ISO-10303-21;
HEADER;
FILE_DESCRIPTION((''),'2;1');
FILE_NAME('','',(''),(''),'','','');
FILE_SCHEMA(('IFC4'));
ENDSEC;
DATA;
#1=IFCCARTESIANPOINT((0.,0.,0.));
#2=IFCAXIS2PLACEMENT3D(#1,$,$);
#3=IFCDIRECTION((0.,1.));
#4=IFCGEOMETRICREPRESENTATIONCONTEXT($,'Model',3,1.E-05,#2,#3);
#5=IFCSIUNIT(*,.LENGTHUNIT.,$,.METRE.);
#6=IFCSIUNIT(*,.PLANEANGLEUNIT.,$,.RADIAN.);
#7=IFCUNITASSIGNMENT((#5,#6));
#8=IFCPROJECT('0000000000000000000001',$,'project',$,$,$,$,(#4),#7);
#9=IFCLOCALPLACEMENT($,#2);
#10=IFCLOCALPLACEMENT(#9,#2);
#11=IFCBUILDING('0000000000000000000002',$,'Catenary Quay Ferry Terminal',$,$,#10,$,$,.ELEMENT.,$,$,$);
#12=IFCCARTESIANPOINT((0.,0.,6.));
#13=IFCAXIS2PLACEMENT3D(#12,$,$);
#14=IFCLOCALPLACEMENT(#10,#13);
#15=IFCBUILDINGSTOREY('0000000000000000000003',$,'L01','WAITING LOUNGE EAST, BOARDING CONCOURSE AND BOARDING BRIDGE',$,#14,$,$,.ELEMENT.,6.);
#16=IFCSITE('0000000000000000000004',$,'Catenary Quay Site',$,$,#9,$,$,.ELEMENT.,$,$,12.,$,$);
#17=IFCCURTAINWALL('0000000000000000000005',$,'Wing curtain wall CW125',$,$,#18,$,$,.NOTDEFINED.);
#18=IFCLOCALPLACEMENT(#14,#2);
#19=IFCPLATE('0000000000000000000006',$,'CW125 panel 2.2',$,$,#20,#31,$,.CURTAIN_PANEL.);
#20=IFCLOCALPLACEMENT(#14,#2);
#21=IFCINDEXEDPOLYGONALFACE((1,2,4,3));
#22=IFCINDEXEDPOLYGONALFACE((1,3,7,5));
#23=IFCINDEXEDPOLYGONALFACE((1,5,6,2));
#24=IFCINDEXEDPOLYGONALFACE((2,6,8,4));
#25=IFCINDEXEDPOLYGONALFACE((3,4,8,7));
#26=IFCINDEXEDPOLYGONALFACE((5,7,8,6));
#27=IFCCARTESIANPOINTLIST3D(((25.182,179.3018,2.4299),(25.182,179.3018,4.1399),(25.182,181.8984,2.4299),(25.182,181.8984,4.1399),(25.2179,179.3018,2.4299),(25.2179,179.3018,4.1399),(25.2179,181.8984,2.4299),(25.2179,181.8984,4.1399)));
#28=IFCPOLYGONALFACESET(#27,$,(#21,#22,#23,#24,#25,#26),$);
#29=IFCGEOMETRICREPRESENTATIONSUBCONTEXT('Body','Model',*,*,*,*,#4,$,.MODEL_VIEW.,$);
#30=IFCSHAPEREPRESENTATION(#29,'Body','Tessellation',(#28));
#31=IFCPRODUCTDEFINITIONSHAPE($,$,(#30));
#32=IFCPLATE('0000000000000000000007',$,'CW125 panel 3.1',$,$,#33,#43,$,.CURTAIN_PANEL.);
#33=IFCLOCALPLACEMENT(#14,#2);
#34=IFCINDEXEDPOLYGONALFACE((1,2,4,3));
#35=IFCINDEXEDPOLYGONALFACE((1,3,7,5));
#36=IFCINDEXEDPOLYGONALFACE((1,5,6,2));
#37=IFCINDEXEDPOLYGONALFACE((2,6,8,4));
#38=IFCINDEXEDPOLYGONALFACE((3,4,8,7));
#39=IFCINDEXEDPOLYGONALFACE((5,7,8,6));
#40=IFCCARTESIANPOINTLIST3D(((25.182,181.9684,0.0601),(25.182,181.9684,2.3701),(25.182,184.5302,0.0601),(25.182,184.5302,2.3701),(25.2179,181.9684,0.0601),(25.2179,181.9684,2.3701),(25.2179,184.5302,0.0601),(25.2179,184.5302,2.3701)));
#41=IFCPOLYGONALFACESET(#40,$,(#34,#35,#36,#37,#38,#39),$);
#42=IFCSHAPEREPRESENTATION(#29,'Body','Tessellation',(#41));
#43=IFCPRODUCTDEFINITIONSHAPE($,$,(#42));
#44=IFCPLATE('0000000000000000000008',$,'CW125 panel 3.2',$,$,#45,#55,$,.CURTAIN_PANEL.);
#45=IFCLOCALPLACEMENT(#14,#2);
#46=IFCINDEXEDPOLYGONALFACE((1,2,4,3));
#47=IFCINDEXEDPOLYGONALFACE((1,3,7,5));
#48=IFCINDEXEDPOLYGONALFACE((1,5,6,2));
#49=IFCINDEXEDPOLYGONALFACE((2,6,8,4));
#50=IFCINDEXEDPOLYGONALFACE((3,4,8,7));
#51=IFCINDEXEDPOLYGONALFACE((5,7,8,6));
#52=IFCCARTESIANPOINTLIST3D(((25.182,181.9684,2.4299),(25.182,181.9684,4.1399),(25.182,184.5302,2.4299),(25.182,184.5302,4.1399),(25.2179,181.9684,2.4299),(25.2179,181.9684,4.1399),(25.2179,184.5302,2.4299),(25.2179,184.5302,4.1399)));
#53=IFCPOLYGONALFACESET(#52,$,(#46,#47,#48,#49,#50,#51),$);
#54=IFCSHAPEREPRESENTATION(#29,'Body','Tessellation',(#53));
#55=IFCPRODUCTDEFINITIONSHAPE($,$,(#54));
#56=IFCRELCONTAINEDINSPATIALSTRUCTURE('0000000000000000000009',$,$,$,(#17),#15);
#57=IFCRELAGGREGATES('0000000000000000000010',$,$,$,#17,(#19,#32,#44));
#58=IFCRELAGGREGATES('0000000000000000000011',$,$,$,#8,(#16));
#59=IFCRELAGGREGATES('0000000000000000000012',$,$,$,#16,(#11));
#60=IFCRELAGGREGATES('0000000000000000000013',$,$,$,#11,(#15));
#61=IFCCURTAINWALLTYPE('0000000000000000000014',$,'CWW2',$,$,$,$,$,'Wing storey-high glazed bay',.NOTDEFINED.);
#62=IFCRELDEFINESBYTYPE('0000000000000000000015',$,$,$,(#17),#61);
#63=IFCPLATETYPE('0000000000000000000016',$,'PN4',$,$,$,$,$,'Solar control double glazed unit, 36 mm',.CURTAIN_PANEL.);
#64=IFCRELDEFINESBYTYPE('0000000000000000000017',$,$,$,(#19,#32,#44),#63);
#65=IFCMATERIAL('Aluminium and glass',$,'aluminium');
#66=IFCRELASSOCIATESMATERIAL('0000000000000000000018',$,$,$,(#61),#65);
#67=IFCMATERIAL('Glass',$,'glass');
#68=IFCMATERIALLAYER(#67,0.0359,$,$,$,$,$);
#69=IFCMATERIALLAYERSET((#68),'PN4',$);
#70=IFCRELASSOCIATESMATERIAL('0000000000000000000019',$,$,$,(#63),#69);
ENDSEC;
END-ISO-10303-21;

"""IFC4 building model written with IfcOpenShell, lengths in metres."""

from ifc_helpers import new_model, si_unit, direction, frame, origin, origin_2d, place, context, subcontext, project, spatial, rectangle, extrude, material, layer, layer_set, type_object, element, aggregate, save


model = new_model("IFC4")

# Units and contexts
model_context = context("Model", 3, precision=1e-05, world=origin(), true_north=direction((0.0, 1.0)))
body_context = subcontext(model_context, "Body", "Model", "MODEL_VIEW")
ifc_project = project(units=[si_unit("LENGTHUNIT", "METRE"), si_unit("PLANEANGLEUNIT", "RADIAN")], contexts=[model_context])

# Site, building, storey
site_placement = place(None, origin())
site = spatial("IfcSite", under=ifc_project, at=site_placement, Name="Catenary Quay Site", CompositionType="ELEMENT", RefElevation=12.0)
building_placement = place(site_placement, origin())
building = spatial("IfcBuilding", under=site, at=building_placement, Name="Catenary Quay Ferry Terminal", CompositionType="ELEMENT")
storey_placement = place(building_placement, frame((0.0, 0.0, 6.0)))
storey = spatial("IfcBuildingStorey", under=building, at=storey_placement, Name="L01", Description="WAITING LOUNGE EAST, BOARDING CONCOURSE AND BOARDING BRIDGE", CompositionType="ELEMENT", Elevation=6.0)

# Shared definitions
ifc_material_1 = material(Name="Aluminium and glass", Category="aluminium")
curtain_wall_type = type_object("IfcCurtainWallType", Name="CWW2", ElementType="Wing storey-high glazed bay", PredefinedType="NOTDEFINED", material=ifc_material_1)

# Curtain wall
curtain_wall_1_placement = place(storey_placement, origin())
curtain_wall_1 = element("IfcCurtainWall", 1, at=curtain_wall_1_placement, inside=storey, type_object=curtain_wall_type, Name="Wing curtain wall CW125", PredefinedType="NOTDEFINED")

# Plates
ifc_material_2 = material(Name="Glass", Category="glass")
ifc_layer = layer(ifc_material_2, 0.0359)
ifc_layer_set = layer_set([ifc_layer], Name="PN4")
plate_type = type_object("IfcPlateType", Name="PN4", ElementType="Solar control double glazed unit, 36 mm", PredefinedType="CURTAIN_PANEL", material=ifc_layer_set)
plate_1_placement = place(storey_placement, frame((25.2, 180.6001, 2.4299), z_axis=(0.0, 0.0, 1.0), x_axis=(0.0, 1.0, 0.0)))
plate_1 = element("IfcPlate", 2, at=plate_1_placement, type_object=plate_type, Name="CW125 panel 2.2", PredefinedType="CURTAIN_PANEL", context=body_context, shape_type="SweptSolid", body=[
    extrude(rectangle(XDim=2.5967, YDim=0.0359, at=origin_2d()), origin(), (0.0, 0.0, 1.0), 1.71),
])
plate_2_placement = place(storey_placement, frame((25.2, 183.2493, 0.0601), z_axis=(0.0, 0.0, 1.0), x_axis=(0.0, 1.0, 0.0)))
plate_2 = element("IfcPlate", 3, at=plate_2_placement, type_object=plate_type, Name="CW125 panel 3.1", PredefinedType="CURTAIN_PANEL", context=body_context, shape_type="SweptSolid", body=[
    extrude(rectangle(XDim=2.5618, YDim=0.0359, at=origin_2d()), origin(), (0.0, 0.0, 1.0), 2.3101),
])
plate_3_placement = place(storey_placement, frame((25.2, 183.2493, 2.4299), z_axis=(0.0, 0.0, 1.0), x_axis=(0.0, 1.0, 0.0)))
plate_3 = element("IfcPlate", 4, at=plate_3_placement, type_object=plate_type, Name="CW125 panel 3.2", PredefinedType="CURTAIN_PANEL", context=body_context, shape_type="SweptSolid", body=[
    extrude(rectangle(XDim=2.5618, YDim=0.0359, at=origin_2d()), origin(), (0.0, 0.0, 1.0), 1.71),
])
aggregate(curtain_wall_1, [plate_1, plate_2, plate_3])

save(model, "model.ifc")
